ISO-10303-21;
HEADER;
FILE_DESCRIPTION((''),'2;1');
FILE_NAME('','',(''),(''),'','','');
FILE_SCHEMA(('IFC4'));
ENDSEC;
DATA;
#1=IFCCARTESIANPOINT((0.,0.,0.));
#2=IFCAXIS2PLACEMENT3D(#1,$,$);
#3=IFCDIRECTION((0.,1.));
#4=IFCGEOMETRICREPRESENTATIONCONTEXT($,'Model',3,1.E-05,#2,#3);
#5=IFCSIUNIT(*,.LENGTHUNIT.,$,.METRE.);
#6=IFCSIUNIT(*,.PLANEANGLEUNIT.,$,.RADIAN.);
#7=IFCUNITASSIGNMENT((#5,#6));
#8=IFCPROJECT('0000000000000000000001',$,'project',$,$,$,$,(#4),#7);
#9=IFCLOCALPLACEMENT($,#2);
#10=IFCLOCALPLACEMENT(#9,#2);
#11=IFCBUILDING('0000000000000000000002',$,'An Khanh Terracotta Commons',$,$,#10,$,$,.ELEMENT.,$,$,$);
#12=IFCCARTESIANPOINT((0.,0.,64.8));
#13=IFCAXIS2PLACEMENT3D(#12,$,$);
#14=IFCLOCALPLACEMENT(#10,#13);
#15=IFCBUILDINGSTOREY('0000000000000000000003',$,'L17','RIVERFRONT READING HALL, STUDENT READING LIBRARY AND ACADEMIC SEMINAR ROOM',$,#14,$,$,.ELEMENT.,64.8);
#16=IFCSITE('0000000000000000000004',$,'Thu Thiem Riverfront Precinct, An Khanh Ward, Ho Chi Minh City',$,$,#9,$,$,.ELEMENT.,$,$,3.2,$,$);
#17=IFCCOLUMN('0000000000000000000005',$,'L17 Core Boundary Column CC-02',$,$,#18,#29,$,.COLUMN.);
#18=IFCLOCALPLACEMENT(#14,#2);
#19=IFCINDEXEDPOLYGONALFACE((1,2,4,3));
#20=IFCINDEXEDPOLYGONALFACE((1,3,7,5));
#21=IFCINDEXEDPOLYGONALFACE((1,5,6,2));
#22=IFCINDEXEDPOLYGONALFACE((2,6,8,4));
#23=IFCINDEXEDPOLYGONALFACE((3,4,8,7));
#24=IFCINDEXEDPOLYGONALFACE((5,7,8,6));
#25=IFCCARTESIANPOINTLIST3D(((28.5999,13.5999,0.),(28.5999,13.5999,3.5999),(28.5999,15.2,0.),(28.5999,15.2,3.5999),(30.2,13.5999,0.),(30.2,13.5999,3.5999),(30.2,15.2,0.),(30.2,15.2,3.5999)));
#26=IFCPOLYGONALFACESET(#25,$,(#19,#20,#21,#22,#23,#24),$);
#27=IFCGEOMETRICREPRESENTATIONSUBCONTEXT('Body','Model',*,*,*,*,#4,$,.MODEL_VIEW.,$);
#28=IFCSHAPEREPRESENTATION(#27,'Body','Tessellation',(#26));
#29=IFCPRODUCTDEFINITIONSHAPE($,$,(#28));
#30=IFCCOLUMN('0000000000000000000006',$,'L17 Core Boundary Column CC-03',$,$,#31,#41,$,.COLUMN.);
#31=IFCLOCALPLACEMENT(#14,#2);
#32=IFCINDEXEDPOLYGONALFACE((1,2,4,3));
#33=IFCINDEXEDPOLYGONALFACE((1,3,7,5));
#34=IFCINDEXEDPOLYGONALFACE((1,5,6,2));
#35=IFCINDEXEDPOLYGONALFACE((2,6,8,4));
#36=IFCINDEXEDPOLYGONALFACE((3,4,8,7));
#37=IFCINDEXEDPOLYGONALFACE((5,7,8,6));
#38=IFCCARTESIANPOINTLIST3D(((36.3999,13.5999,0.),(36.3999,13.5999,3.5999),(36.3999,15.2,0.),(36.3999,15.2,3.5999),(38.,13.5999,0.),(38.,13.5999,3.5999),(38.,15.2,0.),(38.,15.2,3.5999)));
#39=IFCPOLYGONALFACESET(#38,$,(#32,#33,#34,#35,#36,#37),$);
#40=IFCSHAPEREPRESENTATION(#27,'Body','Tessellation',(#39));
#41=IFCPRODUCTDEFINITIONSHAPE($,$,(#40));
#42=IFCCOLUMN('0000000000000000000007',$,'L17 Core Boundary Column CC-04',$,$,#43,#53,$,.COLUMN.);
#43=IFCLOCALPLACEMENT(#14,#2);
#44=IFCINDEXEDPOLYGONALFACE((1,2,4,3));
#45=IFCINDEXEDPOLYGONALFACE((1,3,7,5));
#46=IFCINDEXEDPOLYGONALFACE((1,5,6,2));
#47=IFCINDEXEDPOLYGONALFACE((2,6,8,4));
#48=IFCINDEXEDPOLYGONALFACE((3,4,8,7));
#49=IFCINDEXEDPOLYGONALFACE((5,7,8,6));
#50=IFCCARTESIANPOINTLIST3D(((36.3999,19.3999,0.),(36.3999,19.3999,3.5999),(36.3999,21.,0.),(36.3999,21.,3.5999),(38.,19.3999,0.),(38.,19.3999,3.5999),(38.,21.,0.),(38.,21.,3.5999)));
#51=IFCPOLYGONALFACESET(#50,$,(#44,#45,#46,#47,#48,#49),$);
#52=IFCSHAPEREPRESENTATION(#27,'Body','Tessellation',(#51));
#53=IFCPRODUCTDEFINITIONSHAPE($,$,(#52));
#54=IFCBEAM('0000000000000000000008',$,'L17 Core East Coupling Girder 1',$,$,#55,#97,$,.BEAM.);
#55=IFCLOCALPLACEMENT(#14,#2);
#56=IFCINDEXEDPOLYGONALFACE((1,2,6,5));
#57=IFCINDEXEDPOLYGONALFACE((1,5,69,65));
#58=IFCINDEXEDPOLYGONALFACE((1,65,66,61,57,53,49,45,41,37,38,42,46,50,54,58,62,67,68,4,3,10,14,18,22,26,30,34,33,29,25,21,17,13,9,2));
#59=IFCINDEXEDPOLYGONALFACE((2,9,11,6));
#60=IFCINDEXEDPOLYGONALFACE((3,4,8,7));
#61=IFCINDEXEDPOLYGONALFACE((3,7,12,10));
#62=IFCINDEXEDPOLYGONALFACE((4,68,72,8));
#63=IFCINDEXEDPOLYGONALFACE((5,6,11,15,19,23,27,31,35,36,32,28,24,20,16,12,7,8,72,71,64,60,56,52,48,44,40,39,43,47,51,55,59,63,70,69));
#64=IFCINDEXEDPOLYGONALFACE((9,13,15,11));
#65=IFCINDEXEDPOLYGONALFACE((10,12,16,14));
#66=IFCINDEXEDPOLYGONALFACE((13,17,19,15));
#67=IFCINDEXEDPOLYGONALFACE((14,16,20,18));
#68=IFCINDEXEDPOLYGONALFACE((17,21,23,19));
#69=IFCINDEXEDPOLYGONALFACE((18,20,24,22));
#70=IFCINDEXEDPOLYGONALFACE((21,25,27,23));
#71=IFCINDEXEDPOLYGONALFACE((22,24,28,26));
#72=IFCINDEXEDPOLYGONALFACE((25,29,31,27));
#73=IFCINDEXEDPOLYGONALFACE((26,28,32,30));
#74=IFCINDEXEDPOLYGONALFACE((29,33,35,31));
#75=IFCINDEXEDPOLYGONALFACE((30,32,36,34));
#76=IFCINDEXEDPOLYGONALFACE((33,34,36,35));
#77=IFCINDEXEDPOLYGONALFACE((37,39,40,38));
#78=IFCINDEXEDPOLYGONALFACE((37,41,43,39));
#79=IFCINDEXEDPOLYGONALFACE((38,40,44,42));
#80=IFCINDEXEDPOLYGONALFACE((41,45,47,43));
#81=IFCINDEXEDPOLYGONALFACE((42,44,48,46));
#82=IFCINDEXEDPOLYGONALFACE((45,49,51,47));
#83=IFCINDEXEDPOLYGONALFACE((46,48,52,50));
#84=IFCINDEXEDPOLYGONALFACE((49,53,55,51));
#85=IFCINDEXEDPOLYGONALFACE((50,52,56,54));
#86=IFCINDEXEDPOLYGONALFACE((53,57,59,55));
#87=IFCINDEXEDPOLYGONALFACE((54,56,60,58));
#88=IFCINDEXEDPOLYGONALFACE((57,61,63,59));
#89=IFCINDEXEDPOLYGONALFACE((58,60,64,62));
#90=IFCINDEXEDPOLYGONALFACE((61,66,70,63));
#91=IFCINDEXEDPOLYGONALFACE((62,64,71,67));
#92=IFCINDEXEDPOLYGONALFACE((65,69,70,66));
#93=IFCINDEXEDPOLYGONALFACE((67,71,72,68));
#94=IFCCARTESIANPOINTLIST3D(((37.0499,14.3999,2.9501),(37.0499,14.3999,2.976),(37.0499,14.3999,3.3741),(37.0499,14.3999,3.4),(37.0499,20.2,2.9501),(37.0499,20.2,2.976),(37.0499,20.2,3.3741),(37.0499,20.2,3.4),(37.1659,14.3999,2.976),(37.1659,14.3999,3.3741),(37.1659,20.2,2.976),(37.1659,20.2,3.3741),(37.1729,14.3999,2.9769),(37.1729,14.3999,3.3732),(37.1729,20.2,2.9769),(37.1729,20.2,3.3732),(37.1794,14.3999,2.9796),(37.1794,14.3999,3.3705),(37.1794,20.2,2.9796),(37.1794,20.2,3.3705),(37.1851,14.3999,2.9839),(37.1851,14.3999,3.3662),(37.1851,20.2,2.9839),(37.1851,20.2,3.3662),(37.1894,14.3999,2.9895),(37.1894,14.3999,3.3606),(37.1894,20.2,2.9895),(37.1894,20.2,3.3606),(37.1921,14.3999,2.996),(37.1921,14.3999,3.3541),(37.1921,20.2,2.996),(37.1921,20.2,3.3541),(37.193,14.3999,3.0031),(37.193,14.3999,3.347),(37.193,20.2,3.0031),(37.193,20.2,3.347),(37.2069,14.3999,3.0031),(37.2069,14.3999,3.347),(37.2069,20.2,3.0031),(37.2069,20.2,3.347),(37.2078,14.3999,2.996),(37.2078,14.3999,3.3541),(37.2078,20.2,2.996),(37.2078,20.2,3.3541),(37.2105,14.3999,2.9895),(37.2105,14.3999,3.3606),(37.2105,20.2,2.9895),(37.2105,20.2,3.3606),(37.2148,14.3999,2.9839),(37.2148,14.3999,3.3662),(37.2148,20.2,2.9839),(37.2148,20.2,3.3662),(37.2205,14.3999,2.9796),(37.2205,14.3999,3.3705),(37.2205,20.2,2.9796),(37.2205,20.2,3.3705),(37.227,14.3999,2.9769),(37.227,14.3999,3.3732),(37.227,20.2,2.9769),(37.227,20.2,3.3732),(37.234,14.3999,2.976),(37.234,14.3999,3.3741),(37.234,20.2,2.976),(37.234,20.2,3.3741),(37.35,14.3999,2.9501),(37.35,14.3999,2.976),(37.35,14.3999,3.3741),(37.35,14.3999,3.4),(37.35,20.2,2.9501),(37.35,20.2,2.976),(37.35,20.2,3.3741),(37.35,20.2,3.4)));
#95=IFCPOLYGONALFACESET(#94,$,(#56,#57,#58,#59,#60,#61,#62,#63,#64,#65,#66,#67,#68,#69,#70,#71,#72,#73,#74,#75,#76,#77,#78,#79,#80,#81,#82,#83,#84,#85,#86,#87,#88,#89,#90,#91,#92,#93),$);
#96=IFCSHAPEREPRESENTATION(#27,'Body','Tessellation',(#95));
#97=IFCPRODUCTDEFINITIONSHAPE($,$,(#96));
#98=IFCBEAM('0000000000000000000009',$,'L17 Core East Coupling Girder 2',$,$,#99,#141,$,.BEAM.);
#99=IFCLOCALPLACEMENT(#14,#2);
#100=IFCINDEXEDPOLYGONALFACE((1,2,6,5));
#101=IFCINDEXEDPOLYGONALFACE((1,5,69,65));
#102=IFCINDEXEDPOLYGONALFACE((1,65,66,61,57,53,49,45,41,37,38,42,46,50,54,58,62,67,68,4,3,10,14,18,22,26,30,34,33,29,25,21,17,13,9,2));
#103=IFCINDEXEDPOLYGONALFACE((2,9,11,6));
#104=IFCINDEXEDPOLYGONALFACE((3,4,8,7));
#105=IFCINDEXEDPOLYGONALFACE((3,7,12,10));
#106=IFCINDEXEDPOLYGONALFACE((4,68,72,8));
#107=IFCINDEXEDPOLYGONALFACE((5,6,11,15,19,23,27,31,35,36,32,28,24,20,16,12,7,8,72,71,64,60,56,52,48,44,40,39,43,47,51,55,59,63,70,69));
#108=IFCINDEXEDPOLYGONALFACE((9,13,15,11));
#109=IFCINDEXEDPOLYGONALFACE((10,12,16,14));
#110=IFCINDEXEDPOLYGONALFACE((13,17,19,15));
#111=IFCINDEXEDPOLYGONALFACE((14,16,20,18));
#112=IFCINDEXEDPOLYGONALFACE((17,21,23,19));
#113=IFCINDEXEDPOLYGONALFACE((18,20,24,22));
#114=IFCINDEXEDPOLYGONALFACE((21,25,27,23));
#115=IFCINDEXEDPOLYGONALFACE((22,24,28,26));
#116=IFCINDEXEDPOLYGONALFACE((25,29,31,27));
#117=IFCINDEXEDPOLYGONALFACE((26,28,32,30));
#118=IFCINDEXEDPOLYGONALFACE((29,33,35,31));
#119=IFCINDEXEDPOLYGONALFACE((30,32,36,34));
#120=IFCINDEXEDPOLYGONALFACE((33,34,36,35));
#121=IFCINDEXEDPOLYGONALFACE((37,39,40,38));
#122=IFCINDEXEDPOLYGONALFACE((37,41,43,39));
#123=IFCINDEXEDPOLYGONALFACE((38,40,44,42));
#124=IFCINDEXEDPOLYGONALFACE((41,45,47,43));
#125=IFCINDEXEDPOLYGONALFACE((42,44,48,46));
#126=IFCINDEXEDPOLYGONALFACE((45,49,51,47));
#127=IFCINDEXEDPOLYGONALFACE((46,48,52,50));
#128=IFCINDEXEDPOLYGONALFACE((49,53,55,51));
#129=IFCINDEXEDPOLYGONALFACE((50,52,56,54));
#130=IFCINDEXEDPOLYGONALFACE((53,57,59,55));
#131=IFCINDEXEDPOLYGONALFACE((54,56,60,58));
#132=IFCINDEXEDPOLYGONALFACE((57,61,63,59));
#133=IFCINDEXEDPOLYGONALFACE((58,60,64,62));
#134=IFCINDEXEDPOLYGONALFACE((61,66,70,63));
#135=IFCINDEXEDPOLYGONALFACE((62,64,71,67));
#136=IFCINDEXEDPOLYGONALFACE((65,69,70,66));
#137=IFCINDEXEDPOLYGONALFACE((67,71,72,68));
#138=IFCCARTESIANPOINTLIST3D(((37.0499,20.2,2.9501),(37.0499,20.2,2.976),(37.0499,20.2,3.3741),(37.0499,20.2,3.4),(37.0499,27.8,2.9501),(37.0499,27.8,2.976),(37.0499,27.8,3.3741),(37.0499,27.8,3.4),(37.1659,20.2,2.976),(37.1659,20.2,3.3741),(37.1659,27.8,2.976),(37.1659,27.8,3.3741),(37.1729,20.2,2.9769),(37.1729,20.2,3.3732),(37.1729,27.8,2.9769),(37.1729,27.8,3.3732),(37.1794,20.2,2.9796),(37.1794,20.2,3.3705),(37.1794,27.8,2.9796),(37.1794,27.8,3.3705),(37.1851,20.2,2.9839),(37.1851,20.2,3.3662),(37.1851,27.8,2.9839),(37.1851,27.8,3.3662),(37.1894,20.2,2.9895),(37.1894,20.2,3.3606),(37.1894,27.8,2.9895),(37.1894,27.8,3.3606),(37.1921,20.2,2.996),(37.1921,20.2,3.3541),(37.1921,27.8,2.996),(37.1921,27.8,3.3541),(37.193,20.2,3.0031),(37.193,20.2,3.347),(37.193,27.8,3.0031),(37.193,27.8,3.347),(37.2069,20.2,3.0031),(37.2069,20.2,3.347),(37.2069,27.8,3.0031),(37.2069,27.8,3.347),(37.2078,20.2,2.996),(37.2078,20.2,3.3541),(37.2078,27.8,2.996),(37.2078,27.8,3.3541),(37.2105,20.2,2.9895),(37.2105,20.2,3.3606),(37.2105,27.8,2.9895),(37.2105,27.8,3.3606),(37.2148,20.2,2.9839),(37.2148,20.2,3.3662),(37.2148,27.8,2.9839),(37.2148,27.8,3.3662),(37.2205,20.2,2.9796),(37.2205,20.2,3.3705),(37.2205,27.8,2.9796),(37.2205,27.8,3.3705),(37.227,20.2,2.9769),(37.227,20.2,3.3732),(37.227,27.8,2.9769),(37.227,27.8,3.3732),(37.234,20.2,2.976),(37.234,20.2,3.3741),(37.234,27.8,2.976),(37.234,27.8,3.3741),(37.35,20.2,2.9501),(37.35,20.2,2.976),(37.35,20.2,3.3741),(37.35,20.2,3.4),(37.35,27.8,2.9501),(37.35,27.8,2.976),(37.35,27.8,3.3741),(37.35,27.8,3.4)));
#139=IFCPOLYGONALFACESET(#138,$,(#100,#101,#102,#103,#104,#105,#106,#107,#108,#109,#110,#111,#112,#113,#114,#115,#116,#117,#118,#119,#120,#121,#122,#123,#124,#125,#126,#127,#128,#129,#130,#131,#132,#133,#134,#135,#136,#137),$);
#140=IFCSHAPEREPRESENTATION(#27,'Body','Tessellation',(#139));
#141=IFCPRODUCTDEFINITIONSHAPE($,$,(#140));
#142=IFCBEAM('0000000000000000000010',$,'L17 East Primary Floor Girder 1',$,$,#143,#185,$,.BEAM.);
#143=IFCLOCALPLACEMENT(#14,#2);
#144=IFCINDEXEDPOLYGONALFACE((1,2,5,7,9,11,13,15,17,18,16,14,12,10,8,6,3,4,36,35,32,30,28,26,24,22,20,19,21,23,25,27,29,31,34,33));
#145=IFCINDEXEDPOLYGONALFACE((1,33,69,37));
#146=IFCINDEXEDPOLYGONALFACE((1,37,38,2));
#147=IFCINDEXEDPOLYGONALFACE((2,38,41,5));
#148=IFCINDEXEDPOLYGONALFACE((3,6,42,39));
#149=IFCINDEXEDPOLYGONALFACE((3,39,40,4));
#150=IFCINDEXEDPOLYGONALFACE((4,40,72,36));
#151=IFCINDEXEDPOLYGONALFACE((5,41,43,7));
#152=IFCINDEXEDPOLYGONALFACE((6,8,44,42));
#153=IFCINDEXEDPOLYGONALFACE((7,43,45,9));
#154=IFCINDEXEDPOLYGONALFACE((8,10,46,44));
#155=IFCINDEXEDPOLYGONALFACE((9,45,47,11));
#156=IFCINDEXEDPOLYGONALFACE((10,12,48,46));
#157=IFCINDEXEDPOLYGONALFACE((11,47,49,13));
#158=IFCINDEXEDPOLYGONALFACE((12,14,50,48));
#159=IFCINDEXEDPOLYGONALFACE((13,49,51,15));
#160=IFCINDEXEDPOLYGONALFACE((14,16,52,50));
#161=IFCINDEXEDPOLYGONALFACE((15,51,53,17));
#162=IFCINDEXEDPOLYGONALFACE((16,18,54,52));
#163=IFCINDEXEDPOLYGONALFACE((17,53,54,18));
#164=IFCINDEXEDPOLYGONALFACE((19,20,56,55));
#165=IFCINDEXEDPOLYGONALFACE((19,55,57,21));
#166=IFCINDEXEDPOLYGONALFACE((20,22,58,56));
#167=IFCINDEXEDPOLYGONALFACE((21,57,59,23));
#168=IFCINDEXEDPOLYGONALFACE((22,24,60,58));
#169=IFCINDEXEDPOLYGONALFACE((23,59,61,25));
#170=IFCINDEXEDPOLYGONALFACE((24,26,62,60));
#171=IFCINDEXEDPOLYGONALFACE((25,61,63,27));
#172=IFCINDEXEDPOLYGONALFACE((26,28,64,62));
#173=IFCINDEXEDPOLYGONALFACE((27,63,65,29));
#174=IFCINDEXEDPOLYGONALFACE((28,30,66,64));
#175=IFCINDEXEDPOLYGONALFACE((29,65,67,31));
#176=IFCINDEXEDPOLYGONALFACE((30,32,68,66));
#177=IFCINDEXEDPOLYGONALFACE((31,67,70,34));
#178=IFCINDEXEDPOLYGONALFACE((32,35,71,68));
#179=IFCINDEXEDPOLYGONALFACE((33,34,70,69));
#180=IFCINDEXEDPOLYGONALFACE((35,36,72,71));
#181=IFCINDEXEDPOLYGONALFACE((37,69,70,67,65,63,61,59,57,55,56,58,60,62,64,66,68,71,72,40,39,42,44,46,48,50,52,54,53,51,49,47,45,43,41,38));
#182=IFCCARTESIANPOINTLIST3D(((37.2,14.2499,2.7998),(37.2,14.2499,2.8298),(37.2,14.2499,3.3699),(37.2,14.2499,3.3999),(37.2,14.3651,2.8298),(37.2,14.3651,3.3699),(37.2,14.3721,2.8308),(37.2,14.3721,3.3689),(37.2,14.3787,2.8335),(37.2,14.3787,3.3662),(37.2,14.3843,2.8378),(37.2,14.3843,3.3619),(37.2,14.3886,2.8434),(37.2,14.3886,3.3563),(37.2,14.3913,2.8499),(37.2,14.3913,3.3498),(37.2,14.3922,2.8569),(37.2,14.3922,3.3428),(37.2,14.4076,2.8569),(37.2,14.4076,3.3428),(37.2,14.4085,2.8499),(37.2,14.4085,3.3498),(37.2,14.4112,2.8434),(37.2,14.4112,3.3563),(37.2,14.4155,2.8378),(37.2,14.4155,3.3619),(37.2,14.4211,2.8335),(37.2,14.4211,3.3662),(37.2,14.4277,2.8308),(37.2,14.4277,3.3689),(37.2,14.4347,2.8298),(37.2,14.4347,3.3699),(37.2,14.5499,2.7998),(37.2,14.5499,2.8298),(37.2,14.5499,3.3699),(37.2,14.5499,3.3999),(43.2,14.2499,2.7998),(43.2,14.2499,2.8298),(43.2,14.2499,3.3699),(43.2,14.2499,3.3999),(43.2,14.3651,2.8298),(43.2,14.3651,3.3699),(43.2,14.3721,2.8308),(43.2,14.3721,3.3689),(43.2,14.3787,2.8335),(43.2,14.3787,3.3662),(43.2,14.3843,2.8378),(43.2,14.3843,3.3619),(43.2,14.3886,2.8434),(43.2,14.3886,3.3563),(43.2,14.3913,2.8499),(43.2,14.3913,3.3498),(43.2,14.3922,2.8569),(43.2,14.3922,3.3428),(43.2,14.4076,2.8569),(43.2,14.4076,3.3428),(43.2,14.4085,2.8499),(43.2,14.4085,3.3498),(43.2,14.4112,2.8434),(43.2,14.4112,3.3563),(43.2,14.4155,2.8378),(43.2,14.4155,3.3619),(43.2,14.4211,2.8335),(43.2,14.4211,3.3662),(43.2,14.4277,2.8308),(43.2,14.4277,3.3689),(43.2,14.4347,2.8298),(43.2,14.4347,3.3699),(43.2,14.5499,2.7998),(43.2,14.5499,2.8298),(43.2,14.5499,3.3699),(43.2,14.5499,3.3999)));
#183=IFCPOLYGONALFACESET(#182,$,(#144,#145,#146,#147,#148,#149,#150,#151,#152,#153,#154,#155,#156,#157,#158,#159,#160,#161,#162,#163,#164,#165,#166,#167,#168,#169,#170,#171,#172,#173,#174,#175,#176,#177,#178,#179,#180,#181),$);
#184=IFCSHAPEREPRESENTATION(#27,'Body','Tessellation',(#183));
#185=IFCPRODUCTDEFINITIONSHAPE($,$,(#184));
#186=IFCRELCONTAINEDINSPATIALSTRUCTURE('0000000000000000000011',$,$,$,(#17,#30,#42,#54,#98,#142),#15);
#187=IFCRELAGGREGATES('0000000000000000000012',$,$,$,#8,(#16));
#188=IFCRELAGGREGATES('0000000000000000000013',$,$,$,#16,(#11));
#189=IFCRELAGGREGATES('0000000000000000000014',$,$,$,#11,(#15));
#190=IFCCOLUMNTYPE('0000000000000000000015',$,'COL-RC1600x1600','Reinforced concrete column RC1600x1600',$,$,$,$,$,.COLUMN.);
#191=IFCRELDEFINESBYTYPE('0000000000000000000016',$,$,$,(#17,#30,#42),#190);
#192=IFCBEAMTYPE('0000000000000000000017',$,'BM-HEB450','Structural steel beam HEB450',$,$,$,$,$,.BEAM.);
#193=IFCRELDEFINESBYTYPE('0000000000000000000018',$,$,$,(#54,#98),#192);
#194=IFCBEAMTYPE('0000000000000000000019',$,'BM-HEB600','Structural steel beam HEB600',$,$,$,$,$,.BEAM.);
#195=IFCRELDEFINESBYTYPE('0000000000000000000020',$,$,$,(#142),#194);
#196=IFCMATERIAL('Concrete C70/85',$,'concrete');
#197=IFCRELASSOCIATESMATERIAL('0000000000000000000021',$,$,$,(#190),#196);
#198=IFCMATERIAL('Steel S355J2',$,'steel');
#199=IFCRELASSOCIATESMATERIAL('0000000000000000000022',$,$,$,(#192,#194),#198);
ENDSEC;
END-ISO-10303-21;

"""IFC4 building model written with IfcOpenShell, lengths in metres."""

from ifc_helpers import new_model, si_unit, direction, frame, origin, origin_2d, place, context, subcontext, project, spatial, rectangle, i_section, extrude, material, material_profile, profile_set, type_object, element, save


model = new_model("IFC4")

# Units and contexts
model_context = context("Model", 3, precision=1e-05, world=origin(), true_north=direction((0.0, 1.0)))
body_context = subcontext(model_context, "Body", "Model", "MODEL_VIEW")
ifc_project = project(units=[si_unit("LENGTHUNIT", "METRE"), si_unit("PLANEANGLEUNIT", "RADIAN")], contexts=[model_context])

# Site, building, storey
site_placement = place(None, origin())
site = spatial("IfcSite", under=ifc_project, at=site_placement, Name="Thu Thiem Riverfront Precinct, An Khanh Ward, Ho Chi Minh City", CompositionType="ELEMENT", RefElevation=3.2)
building_placement = place(site_placement, origin())
building = spatial("IfcBuilding", under=site, at=building_placement, Name="An Khanh Terracotta Commons", CompositionType="ELEMENT")
storey_placement = place(building_placement, frame((0.0, 0.0, 64.8)))
storey = spatial("IfcBuildingStorey", under=building, at=storey_placement, Name="L17", Description="RIVERFRONT READING HALL, STUDENT READING LIBRARY AND ACADEMIC SEMINAR ROOM", CompositionType="ELEMENT", Elevation=64.8)

# Columns
ifc_material_1 = material(Name="Concrete C70/85", Category="concrete")
ifc_material_profile_1 = material_profile(ifc_material_1, rectangle(XDim=1.6001, YDim=1.6001, at=origin_2d()), Name="RC1600x1600")
ifc_profile_set_1 = profile_set([ifc_material_profile_1], Name="Concrete C70/85")
column_type = type_object("IfcColumnType", Name="COL-RC1600x1600", Description="Reinforced concrete column RC1600x1600", PredefinedType="COLUMN", material=ifc_profile_set_1)
for number, where, z_axis, x_axis, name in (
    (1, (29.3999, 14.3999, 0.0), (0.0, 0.0, 1.0), (1.0, 0.0, 0.0), "L17 Core Boundary Column CC-02"),
    (2, (37.2, 14.3999, 0.0), (0.0, 0.0, 1.0), (1.0, 0.0, 0.0), "L17 Core Boundary Column CC-03"),
    (3, (37.2, 20.2, 0.0), (0.0, 0.0, 1.0), (1.0, 0.0, 0.0), "L17 Core Boundary Column CC-04"),
):
    element("IfcColumn", number, at=place(storey_placement, frame(where, z_axis=z_axis, x_axis=x_axis)), inside=storey, type_object=column_type, Name=name, PredefinedType="COLUMN", context=body_context, shape_type="SweptSolid", body=[
        extrude(rectangle(XDim=1.6001, YDim=1.6001, at=origin_2d()), origin(), (0.0, 0.0, 1.0), 3.5999),
    ])

# Beams
ifc_material_2 = material(Name="Steel S355J2", Category="steel")
ifc_material_profile_2 = material_profile(ifc_material_2, i_section(OverallWidth=0.3, OverallDepth=0.45, WebThickness=0.0139, FlangeThickness=0.0259, FilletRadius=0.0271, at=origin_2d()), Name="HEB450")
ifc_profile_set_2 = profile_set([ifc_material_profile_2], Name="Steel S355J2")
beam_type_1 = type_object("IfcBeamType", Name="BM-HEB450", Description="Structural steel beam HEB450", PredefinedType="BEAM", material=ifc_profile_set_2)
beam_1_placement = place(storey_placement, frame((37.2, 14.3999, 3.175), z_axis=(0.0, 1.0, 0.0), x_axis=(-1.0, 0.0, 0.0)))
element("IfcBeam", 4, at=beam_1_placement, inside=storey, type_object=beam_type_1, Name="L17 Core East Coupling Girder 1", PredefinedType="BEAM", context=body_context, shape_type="SweptSolid", body=[
    extrude(i_section(OverallWidth=0.3, OverallDepth=0.45, WebThickness=0.0139, FlangeThickness=0.0259, FilletRadius=0.0271, at=origin_2d()), origin(), (0.0, 0.0, 1.0), 5.8),
])
beam_2_placement = place(storey_placement, frame((37.2, 20.2, 3.175), z_axis=(0.0, 1.0, 0.0), x_axis=(-1.0, 0.0, 0.0)))
element("IfcBeam", 5, at=beam_2_placement, inside=storey, type_object=beam_type_1, Name="L17 Core East Coupling Girder 2", PredefinedType="BEAM", context=body_context, shape_type="SweptSolid", body=[
    extrude(i_section(OverallWidth=0.3, OverallDepth=0.45, WebThickness=0.0139, FlangeThickness=0.0259, FilletRadius=0.0271, at=origin_2d()), origin(), (0.0, 0.0, 1.0), 7.6001),
])
ifc_material_profile_3 = material_profile(ifc_material_2, i_section(OverallWidth=0.3, OverallDepth=0.6001, WebThickness=0.0154, FlangeThickness=0.03, FilletRadius=0.0271, at=origin_2d()), Name="HEB600")
ifc_profile_set_3 = profile_set([ifc_material_profile_3], Name="Steel S355J2")
beam_type_2 = type_object("IfcBeamType", Name="BM-HEB600", Description="Structural steel beam HEB600", PredefinedType="BEAM", material=ifc_profile_set_3)
for number, where, z_axis, x_axis, name in (
    (6, (37.2, 14.3999, 3.0999), (1.0, 0.0, 0.0), (0.0, 1.0, 0.0), "L17 East Primary Floor Girder 1"),
):
    element("IfcBeam", number, at=place(storey_placement, frame(where, z_axis=z_axis, x_axis=x_axis)), inside=storey, type_object=beam_type_2, Name=name, PredefinedType="BEAM", context=body_context, shape_type="SweptSolid", body=[
        extrude(i_section(OverallWidth=0.3, OverallDepth=0.6001, WebThickness=0.0154, FlangeThickness=0.03, FilletRadius=0.0271, at=origin_2d()), origin(), (0.0, 0.0, 1.0), 6.0),
    ])

save(model, "model.ifc")
